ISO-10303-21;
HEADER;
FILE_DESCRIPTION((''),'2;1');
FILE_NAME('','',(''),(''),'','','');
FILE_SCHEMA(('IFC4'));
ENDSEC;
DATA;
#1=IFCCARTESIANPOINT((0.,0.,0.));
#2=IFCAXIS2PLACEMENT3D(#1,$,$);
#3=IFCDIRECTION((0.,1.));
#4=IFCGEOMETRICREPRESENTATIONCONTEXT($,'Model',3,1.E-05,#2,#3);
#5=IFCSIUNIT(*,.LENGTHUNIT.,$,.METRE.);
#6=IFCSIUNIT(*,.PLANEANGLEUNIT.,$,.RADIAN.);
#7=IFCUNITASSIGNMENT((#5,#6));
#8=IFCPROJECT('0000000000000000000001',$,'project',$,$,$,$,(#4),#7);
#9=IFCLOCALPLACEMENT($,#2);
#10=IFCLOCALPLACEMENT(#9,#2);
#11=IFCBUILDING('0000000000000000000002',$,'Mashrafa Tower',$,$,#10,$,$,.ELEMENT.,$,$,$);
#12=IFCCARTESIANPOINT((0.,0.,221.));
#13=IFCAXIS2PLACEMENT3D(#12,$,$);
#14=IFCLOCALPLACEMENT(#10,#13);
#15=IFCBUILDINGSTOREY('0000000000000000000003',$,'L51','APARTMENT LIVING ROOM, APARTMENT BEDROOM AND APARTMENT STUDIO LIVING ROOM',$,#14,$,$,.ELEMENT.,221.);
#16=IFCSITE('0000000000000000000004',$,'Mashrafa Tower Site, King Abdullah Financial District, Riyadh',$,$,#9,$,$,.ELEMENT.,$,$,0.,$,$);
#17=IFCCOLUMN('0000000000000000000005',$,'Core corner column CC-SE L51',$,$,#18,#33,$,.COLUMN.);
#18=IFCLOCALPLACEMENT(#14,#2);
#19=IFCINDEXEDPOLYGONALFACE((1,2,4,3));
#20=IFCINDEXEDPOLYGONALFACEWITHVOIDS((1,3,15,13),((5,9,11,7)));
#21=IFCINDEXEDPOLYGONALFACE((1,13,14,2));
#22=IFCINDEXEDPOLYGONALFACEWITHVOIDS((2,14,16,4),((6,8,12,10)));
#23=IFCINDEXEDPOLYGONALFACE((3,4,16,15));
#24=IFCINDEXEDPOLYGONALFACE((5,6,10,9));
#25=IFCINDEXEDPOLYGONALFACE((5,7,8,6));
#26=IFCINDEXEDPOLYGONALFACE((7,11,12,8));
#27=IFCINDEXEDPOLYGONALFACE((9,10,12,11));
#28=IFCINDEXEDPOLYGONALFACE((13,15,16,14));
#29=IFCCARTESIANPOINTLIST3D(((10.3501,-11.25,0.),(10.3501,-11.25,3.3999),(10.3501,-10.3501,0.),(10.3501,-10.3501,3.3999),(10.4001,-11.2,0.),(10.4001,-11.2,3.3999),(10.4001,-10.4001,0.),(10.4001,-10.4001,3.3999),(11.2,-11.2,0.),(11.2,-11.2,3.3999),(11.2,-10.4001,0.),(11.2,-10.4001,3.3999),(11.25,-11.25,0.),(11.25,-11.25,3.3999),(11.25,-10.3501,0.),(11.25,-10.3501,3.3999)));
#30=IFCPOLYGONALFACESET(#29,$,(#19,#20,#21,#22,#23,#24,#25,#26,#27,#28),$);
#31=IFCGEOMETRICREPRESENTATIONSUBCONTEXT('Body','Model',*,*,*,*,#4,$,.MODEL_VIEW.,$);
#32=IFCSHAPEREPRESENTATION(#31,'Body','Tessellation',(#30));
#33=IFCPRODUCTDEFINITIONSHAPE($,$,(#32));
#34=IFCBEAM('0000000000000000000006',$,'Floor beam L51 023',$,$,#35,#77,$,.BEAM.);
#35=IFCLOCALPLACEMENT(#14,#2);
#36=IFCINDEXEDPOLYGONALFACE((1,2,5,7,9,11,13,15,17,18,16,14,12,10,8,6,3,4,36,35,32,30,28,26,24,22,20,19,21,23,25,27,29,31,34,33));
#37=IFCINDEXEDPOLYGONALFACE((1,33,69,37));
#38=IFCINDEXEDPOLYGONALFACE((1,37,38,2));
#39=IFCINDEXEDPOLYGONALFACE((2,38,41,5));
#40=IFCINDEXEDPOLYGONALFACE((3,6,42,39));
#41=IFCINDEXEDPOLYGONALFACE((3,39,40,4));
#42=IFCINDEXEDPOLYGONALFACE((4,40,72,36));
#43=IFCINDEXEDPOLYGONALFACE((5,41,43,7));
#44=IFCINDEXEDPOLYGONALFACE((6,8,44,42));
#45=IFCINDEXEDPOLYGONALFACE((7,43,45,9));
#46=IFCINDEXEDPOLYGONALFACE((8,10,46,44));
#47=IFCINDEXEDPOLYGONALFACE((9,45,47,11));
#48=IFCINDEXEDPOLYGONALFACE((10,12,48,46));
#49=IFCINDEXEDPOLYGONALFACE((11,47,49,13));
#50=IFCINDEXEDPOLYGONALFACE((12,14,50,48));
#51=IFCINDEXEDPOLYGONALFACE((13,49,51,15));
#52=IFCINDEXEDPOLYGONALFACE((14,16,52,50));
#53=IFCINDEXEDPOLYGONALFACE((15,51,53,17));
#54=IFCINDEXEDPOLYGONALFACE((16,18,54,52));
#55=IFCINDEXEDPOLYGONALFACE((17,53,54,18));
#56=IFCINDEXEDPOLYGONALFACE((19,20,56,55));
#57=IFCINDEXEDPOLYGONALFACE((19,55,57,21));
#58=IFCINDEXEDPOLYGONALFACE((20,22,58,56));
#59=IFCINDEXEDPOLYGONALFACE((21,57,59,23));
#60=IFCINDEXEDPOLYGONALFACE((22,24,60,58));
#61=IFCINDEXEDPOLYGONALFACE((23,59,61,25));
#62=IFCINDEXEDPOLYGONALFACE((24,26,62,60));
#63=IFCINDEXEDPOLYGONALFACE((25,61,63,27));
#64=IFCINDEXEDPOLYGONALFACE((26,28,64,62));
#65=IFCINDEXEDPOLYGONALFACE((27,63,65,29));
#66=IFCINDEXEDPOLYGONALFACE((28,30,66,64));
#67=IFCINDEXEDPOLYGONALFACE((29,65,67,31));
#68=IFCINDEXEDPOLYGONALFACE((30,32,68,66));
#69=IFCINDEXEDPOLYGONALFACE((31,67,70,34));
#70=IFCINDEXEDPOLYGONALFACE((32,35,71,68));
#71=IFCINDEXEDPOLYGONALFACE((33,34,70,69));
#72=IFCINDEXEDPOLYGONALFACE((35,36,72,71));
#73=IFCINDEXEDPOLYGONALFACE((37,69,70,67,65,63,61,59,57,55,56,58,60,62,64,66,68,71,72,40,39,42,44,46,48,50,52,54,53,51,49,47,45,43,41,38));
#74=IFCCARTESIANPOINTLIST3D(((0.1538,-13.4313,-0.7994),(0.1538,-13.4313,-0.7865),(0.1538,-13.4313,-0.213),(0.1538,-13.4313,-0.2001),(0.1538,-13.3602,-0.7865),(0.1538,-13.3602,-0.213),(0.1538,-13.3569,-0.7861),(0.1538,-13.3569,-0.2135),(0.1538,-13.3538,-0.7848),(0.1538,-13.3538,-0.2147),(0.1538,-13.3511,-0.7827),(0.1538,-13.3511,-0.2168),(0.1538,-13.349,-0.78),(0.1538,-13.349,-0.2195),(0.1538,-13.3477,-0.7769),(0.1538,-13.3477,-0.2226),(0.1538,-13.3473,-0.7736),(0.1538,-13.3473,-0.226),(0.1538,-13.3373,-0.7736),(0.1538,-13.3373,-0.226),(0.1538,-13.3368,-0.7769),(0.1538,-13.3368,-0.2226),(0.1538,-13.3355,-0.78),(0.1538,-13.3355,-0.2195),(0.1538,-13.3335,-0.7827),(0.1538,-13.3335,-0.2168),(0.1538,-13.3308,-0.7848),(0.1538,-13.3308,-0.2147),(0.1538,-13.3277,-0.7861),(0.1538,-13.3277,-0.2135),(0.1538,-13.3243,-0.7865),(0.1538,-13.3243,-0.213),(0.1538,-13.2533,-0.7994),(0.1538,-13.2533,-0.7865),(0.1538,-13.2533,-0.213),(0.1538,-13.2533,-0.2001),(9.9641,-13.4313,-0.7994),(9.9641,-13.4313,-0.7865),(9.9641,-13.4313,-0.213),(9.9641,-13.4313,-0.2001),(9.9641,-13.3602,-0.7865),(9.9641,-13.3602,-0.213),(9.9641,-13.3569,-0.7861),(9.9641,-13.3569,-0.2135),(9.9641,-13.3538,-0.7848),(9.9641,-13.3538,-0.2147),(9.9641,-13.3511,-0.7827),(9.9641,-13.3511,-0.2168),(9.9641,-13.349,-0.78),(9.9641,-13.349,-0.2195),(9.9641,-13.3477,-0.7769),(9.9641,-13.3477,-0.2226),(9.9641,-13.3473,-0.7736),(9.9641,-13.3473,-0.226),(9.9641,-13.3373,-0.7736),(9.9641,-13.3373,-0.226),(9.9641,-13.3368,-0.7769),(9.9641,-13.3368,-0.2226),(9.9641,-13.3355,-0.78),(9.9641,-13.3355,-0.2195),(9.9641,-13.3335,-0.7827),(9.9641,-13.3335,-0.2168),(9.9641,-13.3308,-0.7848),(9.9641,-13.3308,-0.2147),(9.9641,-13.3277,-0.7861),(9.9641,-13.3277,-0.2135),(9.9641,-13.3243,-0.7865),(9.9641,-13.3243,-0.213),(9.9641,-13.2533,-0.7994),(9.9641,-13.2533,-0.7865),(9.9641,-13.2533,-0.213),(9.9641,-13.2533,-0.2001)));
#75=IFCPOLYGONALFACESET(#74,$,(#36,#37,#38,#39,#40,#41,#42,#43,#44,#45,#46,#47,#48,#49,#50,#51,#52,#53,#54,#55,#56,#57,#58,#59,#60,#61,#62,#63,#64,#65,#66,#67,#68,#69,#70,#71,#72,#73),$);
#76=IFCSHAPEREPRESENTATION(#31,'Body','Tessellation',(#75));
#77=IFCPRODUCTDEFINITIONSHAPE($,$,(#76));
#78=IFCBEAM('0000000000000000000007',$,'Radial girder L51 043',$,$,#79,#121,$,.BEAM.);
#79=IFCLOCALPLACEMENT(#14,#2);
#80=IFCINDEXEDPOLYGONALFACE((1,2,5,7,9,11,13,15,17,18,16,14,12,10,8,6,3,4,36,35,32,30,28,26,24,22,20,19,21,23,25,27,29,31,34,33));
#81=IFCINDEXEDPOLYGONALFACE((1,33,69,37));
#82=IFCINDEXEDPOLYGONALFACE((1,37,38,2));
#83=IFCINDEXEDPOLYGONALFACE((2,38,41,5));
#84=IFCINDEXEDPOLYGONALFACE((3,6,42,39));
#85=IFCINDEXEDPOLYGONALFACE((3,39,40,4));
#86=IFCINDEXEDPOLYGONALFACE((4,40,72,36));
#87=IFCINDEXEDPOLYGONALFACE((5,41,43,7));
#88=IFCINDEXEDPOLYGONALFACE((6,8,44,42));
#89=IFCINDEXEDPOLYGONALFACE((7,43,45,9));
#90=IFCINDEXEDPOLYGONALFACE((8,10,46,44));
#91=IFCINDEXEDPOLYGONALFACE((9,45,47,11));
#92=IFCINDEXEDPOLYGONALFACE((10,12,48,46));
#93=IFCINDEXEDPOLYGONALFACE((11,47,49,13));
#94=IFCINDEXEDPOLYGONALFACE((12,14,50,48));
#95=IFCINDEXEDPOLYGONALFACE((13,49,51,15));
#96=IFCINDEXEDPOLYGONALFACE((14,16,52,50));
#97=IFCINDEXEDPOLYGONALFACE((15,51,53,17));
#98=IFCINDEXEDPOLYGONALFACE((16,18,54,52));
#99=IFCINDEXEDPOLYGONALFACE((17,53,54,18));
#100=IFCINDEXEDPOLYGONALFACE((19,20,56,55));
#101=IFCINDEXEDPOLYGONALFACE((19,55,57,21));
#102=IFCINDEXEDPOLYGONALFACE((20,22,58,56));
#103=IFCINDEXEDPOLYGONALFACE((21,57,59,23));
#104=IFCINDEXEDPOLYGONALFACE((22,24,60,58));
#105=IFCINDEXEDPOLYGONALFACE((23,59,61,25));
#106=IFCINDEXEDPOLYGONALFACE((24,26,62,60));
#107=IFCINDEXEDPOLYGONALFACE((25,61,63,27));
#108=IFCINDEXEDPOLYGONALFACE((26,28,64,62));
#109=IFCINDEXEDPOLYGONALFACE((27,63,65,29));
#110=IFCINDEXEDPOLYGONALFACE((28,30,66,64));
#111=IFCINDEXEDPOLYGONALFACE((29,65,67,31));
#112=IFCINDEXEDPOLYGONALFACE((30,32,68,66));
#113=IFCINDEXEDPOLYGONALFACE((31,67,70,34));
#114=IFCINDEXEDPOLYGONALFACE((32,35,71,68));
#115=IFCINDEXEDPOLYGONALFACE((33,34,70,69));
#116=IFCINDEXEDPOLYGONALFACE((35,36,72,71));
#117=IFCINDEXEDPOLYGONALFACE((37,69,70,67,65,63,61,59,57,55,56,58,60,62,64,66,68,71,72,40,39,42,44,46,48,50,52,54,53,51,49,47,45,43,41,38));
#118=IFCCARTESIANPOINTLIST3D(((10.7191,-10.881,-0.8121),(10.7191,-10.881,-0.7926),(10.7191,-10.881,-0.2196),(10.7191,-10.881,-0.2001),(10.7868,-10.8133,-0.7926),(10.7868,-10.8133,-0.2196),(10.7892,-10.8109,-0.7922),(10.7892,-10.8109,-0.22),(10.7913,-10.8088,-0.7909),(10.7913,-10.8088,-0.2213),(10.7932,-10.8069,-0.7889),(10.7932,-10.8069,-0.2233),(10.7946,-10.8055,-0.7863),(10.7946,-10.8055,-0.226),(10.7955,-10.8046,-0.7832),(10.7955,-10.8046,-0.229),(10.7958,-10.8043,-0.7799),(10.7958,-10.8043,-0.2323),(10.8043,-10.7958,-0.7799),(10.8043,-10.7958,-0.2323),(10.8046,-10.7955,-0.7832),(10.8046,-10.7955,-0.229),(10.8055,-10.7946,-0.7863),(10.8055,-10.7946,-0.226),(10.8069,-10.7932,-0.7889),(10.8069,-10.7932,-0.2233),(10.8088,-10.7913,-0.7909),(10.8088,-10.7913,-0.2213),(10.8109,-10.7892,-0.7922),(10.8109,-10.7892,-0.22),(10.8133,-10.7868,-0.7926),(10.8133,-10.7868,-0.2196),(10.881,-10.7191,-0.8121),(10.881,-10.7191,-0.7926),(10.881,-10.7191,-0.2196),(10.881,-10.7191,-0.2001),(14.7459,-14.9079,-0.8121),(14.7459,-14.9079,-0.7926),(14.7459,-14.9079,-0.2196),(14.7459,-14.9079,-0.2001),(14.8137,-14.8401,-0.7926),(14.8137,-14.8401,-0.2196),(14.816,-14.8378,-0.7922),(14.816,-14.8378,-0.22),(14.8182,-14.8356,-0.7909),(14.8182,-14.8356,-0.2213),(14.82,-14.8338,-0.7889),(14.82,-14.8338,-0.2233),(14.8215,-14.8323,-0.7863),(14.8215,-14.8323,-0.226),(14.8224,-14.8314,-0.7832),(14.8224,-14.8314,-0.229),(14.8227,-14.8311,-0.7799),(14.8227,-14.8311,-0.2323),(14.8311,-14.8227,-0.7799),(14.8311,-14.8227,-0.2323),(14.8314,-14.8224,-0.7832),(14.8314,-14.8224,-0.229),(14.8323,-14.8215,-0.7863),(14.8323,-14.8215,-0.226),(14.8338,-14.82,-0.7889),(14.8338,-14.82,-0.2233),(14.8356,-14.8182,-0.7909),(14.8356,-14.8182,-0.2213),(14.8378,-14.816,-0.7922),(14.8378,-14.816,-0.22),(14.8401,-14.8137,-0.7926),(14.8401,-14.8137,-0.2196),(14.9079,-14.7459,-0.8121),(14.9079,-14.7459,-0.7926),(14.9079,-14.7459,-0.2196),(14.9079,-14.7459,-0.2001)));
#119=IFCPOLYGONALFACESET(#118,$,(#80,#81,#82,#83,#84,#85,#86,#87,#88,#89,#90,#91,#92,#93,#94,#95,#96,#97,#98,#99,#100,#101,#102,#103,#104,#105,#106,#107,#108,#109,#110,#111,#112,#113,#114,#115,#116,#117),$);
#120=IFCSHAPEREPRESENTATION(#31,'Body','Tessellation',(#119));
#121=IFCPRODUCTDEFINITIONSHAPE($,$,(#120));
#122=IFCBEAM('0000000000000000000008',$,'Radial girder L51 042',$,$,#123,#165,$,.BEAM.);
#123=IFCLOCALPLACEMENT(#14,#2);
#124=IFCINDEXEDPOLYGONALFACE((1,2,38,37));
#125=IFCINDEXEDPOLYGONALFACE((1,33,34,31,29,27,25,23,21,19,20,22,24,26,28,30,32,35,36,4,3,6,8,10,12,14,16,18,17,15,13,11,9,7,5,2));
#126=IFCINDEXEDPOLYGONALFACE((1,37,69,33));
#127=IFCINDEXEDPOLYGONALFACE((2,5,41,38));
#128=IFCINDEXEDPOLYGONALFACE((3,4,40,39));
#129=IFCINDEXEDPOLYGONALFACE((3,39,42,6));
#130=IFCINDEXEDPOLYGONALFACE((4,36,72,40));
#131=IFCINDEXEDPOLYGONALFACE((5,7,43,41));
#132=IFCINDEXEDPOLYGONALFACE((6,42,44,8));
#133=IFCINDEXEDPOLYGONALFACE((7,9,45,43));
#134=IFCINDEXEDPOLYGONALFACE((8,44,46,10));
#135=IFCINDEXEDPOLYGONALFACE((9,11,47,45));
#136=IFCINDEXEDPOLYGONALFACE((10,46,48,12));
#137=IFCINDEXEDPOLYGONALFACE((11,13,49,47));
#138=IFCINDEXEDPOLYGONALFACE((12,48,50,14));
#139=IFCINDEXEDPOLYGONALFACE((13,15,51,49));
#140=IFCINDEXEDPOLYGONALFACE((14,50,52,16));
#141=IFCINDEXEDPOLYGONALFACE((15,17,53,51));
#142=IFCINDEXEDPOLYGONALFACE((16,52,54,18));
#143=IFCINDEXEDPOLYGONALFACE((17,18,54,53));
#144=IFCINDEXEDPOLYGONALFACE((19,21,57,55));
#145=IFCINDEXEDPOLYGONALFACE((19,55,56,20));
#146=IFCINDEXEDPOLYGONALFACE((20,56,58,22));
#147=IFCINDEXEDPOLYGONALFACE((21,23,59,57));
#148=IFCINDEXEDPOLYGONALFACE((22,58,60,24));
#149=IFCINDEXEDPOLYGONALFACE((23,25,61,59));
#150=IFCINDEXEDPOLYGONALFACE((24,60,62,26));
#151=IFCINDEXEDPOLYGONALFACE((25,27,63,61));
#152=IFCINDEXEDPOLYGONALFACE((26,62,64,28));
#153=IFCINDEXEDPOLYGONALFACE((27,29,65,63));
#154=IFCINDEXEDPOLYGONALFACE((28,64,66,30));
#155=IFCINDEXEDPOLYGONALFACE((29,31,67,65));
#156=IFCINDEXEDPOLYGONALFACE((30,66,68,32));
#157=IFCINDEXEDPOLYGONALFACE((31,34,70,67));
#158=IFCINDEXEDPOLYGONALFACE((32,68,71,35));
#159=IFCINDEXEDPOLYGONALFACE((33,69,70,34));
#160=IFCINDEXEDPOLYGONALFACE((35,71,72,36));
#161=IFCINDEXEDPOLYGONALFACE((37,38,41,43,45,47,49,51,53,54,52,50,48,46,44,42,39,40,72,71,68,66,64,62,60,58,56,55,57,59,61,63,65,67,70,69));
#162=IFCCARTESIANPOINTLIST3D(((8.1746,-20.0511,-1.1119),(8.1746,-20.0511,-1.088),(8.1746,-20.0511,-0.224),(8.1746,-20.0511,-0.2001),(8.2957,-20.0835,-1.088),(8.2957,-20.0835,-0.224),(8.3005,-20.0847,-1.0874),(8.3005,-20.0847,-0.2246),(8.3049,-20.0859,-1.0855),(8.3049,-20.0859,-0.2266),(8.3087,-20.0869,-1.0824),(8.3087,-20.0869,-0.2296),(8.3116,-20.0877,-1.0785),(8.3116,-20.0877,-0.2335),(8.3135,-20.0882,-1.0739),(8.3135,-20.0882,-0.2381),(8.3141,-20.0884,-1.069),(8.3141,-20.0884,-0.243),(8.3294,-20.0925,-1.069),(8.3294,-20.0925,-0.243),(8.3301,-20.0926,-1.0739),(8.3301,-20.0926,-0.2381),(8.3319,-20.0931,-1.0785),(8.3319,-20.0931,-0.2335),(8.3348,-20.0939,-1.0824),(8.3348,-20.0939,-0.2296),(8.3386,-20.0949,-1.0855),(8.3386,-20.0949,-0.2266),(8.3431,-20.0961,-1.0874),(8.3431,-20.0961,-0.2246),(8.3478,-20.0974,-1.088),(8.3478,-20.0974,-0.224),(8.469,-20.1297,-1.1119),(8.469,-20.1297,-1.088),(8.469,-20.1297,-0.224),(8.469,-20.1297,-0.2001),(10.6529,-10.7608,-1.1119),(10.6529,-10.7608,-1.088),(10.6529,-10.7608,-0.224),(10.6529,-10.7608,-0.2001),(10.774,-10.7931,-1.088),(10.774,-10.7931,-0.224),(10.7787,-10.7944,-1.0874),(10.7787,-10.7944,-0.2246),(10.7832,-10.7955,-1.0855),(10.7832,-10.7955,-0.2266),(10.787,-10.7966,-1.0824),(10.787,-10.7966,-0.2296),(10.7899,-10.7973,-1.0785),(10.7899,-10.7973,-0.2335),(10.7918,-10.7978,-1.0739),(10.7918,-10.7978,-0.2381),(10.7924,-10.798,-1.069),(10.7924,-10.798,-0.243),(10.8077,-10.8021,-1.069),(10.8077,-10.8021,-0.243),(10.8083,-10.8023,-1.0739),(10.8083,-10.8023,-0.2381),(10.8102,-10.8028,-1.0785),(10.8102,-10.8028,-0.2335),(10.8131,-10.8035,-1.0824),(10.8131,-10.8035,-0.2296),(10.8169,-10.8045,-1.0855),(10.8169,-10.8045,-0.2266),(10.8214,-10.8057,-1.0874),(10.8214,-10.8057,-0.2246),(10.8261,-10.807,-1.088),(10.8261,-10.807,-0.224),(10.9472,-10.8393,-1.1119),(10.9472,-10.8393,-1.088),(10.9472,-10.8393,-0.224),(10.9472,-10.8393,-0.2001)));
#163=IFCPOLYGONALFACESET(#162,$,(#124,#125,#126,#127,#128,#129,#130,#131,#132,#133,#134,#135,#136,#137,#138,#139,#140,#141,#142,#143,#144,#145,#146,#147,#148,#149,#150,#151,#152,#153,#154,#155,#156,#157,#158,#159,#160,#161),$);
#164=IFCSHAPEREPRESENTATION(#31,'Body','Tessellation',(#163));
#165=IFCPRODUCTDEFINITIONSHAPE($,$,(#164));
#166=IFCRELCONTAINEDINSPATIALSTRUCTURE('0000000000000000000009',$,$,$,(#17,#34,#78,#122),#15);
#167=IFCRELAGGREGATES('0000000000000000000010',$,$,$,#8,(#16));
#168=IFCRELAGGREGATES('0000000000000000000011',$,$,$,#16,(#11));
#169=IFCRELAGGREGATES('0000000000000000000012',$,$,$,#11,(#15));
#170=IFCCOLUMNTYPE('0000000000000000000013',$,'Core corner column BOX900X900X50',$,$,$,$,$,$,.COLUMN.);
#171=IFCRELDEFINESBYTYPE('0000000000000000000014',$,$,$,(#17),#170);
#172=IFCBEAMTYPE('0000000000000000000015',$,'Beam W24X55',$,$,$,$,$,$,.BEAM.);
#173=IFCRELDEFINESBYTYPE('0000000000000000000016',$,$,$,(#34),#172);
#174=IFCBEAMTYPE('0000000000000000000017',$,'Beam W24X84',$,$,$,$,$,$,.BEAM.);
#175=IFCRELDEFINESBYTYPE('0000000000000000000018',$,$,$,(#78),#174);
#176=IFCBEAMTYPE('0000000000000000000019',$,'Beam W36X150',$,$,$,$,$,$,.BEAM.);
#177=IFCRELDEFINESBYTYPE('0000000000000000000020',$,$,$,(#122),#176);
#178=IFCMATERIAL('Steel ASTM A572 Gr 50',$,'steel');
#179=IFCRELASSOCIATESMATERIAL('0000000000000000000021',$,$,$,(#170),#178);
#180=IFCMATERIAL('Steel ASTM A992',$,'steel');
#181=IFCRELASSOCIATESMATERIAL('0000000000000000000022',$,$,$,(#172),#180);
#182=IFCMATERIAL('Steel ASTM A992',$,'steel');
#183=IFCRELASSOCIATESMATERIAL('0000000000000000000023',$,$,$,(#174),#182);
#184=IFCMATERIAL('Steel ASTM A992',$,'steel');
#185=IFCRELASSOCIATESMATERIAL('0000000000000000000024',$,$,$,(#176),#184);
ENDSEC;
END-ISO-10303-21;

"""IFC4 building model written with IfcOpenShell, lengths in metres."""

from ifc_helpers import new_model, si_unit, direction, frame, origin, origin_2d, place, context, subcontext, project, spatial, hollow_rectangle, i_section, extrude, material, material_profile, profile_set, type_object, element, save


model = new_model("IFC4")

# Units and contexts
model_context = context("Model", 3, precision=1e-05, world=origin(), true_north=direction((0.0, 1.0)))
body_context = subcontext(model_context, "Body", "Model", "MODEL_VIEW")
ifc_project = project(units=[si_unit("LENGTHUNIT", "METRE"), si_unit("PLANEANGLEUNIT", "RADIAN")], contexts=[model_context])

# Site, building, storey
site_placement = place(None, origin())
site = spatial("IfcSite", under=ifc_project, at=site_placement, Name="Mashrafa Tower Site, King Abdullah Financial District, Riyadh", CompositionType="ELEMENT", RefElevation=0.0)
building_placement = place(site_placement, origin())
building = spatial("IfcBuilding", under=site, at=building_placement, Name="Mashrafa Tower", CompositionType="ELEMENT")
storey_placement = place(building_placement, frame((0.0, 0.0, 221.0)))
storey = spatial("IfcBuildingStorey", under=building, at=storey_placement, Name="L51", Description="APARTMENT LIVING ROOM, APARTMENT BEDROOM AND APARTMENT STUDIO LIVING ROOM", CompositionType="ELEMENT", Elevation=221.0)

# Column
ifc_material_1 = material(Name="Steel ASTM A572 Gr 50", Category="steel")
ifc_material_profile_1 = material_profile(ifc_material_1, hollow_rectangle(XDim=0.8999, YDim=0.8999, WallThickness=0.05, at=origin_2d()), Name="BOX900X900X50")
ifc_profile_set_1 = profile_set([ifc_material_profile_1], Name="Steel ASTM A572 Gr 50")
column_type = type_object("IfcColumnType", Name="Core corner column BOX900X900X50", PredefinedType="COLUMN", material=ifc_profile_set_1)
column_placement = place(storey_placement, frame((10.8, -10.8, 0.0), z_axis=(0.0, 0.0, 1.0), x_axis=(1.0, 0.0, 0.0)))
element("IfcColumn", 1, at=column_placement, inside=storey, type_object=column_type, Name="Core corner column CC-SE L51", PredefinedType="COLUMN", context=body_context, shape_type="SweptSolid", body=[
    extrude(hollow_rectangle(XDim=0.8999, YDim=0.8999, WallThickness=0.05, at=origin_2d()), origin(), (0.0, 0.0, 1.0), 3.3999),
])

# Beams
ifc_material_2 = material(Name="Steel ASTM A992", Category="steel")
ifc_material_profile_2 = material_profile(ifc_material_2, i_section(OverallWidth=0.178, OverallDepth=0.5994, WebThickness=0.01, FlangeThickness=0.0129, FilletRadius=0.0129, at=origin_2d()), Name="W24X55")
ifc_profile_set_2 = profile_set([ifc_material_profile_2], Name="Steel ASTM A992")
beam_type_1 = type_object("IfcBeamType", Name="Beam W24X55", PredefinedType="BEAM", material=ifc_profile_set_2)
beam_1_placement = place(storey_placement, frame((9.9641, -13.3423, -0.4998), z_axis=(-1.0, 0.0, 0.0), x_axis=(0.0, -1.0, 0.0)))
element("IfcBeam", 2, at=beam_1_placement, inside=storey, type_object=beam_type_1, Name="Floor beam L51 023", PredefinedType="BEAM", context=body_context, shape_type="SweptSolid", body=[
    extrude(i_section(OverallWidth=0.178, OverallDepth=0.5994, WebThickness=0.01, FlangeThickness=0.0129, FilletRadius=0.0129, at=origin_2d()), origin(), (0.0, 0.0, 1.0), 9.8103),
])
ifc_material_3 = material(Name="Steel ASTM A992", Category="steel")
ifc_material_profile_3 = material_profile(ifc_material_3, i_section(OverallWidth=0.229, OverallDepth=0.6121, WebThickness=0.012, FlangeThickness=0.0195, FilletRadius=0.0127, at=origin_2d()), Name="W24X84")
ifc_profile_set_3 = profile_set([ifc_material_profile_3], Name="Steel ASTM A992")
beam_type_2 = type_object("IfcBeamType", Name="Beam W24X84", PredefinedType="BEAM", material=ifc_profile_set_3)
beam_2_placement = place(storey_placement, frame((10.8, -10.8, -0.5061), z_axis=(0.707107, -0.707107, 0.0), x_axis=(0.707107, 0.707107, 0.0)))
element("IfcBeam", 3, at=beam_2_placement, inside=storey, type_object=beam_type_2, Name="Radial girder L51 043", PredefinedType="BEAM", context=body_context, shape_type="SweptSolid", body=[
    extrude(i_section(OverallWidth=0.229, OverallDepth=0.6121, WebThickness=0.012, FlangeThickness=0.0195, FilletRadius=0.0127, at=origin_2d()), origin(), (0.0, 0.0, 1.0), 5.6948),
])
ifc_material_4 = material(Name="Steel ASTM A992", Category="steel")
ifc_material_profile_4 = material_profile(ifc_material_4, i_section(OverallWidth=0.3047, OverallDepth=0.9119, WebThickness=0.0159, FlangeThickness=0.0239, FilletRadius=0.019, at=origin_2d()), Name="W36X150")
ifc_profile_set_4 = profile_set([ifc_material_profile_4], Name="Steel ASTM A992")
beam_type_3 = type_object("IfcBeamType", Name="Beam W36X150", PredefinedType="BEAM", material=ifc_profile_set_4)
beam_3_placement = place(storey_placement, frame((10.8, -10.8, -0.656), z_axis=(-0.257746, -0.966213, 0.0), x_axis=(0.966213, -0.257746, 0.0)))
element("IfcBeam", 4, at=beam_3_placement, inside=storey, type_object=beam_type_3, Name="Radial girder L51 042", PredefinedType="BEAM", context=body_context, shape_type="SweptSolid", body=[
    extrude(i_section(OverallWidth=0.3047, OverallDepth=0.9119, WebThickness=0.0159, FlangeThickness=0.0239, FilletRadius=0.019, at=origin_2d()), origin(), (0.0, 0.0, 1.0), 9.6152),
])

save(model, "model.ifc")
